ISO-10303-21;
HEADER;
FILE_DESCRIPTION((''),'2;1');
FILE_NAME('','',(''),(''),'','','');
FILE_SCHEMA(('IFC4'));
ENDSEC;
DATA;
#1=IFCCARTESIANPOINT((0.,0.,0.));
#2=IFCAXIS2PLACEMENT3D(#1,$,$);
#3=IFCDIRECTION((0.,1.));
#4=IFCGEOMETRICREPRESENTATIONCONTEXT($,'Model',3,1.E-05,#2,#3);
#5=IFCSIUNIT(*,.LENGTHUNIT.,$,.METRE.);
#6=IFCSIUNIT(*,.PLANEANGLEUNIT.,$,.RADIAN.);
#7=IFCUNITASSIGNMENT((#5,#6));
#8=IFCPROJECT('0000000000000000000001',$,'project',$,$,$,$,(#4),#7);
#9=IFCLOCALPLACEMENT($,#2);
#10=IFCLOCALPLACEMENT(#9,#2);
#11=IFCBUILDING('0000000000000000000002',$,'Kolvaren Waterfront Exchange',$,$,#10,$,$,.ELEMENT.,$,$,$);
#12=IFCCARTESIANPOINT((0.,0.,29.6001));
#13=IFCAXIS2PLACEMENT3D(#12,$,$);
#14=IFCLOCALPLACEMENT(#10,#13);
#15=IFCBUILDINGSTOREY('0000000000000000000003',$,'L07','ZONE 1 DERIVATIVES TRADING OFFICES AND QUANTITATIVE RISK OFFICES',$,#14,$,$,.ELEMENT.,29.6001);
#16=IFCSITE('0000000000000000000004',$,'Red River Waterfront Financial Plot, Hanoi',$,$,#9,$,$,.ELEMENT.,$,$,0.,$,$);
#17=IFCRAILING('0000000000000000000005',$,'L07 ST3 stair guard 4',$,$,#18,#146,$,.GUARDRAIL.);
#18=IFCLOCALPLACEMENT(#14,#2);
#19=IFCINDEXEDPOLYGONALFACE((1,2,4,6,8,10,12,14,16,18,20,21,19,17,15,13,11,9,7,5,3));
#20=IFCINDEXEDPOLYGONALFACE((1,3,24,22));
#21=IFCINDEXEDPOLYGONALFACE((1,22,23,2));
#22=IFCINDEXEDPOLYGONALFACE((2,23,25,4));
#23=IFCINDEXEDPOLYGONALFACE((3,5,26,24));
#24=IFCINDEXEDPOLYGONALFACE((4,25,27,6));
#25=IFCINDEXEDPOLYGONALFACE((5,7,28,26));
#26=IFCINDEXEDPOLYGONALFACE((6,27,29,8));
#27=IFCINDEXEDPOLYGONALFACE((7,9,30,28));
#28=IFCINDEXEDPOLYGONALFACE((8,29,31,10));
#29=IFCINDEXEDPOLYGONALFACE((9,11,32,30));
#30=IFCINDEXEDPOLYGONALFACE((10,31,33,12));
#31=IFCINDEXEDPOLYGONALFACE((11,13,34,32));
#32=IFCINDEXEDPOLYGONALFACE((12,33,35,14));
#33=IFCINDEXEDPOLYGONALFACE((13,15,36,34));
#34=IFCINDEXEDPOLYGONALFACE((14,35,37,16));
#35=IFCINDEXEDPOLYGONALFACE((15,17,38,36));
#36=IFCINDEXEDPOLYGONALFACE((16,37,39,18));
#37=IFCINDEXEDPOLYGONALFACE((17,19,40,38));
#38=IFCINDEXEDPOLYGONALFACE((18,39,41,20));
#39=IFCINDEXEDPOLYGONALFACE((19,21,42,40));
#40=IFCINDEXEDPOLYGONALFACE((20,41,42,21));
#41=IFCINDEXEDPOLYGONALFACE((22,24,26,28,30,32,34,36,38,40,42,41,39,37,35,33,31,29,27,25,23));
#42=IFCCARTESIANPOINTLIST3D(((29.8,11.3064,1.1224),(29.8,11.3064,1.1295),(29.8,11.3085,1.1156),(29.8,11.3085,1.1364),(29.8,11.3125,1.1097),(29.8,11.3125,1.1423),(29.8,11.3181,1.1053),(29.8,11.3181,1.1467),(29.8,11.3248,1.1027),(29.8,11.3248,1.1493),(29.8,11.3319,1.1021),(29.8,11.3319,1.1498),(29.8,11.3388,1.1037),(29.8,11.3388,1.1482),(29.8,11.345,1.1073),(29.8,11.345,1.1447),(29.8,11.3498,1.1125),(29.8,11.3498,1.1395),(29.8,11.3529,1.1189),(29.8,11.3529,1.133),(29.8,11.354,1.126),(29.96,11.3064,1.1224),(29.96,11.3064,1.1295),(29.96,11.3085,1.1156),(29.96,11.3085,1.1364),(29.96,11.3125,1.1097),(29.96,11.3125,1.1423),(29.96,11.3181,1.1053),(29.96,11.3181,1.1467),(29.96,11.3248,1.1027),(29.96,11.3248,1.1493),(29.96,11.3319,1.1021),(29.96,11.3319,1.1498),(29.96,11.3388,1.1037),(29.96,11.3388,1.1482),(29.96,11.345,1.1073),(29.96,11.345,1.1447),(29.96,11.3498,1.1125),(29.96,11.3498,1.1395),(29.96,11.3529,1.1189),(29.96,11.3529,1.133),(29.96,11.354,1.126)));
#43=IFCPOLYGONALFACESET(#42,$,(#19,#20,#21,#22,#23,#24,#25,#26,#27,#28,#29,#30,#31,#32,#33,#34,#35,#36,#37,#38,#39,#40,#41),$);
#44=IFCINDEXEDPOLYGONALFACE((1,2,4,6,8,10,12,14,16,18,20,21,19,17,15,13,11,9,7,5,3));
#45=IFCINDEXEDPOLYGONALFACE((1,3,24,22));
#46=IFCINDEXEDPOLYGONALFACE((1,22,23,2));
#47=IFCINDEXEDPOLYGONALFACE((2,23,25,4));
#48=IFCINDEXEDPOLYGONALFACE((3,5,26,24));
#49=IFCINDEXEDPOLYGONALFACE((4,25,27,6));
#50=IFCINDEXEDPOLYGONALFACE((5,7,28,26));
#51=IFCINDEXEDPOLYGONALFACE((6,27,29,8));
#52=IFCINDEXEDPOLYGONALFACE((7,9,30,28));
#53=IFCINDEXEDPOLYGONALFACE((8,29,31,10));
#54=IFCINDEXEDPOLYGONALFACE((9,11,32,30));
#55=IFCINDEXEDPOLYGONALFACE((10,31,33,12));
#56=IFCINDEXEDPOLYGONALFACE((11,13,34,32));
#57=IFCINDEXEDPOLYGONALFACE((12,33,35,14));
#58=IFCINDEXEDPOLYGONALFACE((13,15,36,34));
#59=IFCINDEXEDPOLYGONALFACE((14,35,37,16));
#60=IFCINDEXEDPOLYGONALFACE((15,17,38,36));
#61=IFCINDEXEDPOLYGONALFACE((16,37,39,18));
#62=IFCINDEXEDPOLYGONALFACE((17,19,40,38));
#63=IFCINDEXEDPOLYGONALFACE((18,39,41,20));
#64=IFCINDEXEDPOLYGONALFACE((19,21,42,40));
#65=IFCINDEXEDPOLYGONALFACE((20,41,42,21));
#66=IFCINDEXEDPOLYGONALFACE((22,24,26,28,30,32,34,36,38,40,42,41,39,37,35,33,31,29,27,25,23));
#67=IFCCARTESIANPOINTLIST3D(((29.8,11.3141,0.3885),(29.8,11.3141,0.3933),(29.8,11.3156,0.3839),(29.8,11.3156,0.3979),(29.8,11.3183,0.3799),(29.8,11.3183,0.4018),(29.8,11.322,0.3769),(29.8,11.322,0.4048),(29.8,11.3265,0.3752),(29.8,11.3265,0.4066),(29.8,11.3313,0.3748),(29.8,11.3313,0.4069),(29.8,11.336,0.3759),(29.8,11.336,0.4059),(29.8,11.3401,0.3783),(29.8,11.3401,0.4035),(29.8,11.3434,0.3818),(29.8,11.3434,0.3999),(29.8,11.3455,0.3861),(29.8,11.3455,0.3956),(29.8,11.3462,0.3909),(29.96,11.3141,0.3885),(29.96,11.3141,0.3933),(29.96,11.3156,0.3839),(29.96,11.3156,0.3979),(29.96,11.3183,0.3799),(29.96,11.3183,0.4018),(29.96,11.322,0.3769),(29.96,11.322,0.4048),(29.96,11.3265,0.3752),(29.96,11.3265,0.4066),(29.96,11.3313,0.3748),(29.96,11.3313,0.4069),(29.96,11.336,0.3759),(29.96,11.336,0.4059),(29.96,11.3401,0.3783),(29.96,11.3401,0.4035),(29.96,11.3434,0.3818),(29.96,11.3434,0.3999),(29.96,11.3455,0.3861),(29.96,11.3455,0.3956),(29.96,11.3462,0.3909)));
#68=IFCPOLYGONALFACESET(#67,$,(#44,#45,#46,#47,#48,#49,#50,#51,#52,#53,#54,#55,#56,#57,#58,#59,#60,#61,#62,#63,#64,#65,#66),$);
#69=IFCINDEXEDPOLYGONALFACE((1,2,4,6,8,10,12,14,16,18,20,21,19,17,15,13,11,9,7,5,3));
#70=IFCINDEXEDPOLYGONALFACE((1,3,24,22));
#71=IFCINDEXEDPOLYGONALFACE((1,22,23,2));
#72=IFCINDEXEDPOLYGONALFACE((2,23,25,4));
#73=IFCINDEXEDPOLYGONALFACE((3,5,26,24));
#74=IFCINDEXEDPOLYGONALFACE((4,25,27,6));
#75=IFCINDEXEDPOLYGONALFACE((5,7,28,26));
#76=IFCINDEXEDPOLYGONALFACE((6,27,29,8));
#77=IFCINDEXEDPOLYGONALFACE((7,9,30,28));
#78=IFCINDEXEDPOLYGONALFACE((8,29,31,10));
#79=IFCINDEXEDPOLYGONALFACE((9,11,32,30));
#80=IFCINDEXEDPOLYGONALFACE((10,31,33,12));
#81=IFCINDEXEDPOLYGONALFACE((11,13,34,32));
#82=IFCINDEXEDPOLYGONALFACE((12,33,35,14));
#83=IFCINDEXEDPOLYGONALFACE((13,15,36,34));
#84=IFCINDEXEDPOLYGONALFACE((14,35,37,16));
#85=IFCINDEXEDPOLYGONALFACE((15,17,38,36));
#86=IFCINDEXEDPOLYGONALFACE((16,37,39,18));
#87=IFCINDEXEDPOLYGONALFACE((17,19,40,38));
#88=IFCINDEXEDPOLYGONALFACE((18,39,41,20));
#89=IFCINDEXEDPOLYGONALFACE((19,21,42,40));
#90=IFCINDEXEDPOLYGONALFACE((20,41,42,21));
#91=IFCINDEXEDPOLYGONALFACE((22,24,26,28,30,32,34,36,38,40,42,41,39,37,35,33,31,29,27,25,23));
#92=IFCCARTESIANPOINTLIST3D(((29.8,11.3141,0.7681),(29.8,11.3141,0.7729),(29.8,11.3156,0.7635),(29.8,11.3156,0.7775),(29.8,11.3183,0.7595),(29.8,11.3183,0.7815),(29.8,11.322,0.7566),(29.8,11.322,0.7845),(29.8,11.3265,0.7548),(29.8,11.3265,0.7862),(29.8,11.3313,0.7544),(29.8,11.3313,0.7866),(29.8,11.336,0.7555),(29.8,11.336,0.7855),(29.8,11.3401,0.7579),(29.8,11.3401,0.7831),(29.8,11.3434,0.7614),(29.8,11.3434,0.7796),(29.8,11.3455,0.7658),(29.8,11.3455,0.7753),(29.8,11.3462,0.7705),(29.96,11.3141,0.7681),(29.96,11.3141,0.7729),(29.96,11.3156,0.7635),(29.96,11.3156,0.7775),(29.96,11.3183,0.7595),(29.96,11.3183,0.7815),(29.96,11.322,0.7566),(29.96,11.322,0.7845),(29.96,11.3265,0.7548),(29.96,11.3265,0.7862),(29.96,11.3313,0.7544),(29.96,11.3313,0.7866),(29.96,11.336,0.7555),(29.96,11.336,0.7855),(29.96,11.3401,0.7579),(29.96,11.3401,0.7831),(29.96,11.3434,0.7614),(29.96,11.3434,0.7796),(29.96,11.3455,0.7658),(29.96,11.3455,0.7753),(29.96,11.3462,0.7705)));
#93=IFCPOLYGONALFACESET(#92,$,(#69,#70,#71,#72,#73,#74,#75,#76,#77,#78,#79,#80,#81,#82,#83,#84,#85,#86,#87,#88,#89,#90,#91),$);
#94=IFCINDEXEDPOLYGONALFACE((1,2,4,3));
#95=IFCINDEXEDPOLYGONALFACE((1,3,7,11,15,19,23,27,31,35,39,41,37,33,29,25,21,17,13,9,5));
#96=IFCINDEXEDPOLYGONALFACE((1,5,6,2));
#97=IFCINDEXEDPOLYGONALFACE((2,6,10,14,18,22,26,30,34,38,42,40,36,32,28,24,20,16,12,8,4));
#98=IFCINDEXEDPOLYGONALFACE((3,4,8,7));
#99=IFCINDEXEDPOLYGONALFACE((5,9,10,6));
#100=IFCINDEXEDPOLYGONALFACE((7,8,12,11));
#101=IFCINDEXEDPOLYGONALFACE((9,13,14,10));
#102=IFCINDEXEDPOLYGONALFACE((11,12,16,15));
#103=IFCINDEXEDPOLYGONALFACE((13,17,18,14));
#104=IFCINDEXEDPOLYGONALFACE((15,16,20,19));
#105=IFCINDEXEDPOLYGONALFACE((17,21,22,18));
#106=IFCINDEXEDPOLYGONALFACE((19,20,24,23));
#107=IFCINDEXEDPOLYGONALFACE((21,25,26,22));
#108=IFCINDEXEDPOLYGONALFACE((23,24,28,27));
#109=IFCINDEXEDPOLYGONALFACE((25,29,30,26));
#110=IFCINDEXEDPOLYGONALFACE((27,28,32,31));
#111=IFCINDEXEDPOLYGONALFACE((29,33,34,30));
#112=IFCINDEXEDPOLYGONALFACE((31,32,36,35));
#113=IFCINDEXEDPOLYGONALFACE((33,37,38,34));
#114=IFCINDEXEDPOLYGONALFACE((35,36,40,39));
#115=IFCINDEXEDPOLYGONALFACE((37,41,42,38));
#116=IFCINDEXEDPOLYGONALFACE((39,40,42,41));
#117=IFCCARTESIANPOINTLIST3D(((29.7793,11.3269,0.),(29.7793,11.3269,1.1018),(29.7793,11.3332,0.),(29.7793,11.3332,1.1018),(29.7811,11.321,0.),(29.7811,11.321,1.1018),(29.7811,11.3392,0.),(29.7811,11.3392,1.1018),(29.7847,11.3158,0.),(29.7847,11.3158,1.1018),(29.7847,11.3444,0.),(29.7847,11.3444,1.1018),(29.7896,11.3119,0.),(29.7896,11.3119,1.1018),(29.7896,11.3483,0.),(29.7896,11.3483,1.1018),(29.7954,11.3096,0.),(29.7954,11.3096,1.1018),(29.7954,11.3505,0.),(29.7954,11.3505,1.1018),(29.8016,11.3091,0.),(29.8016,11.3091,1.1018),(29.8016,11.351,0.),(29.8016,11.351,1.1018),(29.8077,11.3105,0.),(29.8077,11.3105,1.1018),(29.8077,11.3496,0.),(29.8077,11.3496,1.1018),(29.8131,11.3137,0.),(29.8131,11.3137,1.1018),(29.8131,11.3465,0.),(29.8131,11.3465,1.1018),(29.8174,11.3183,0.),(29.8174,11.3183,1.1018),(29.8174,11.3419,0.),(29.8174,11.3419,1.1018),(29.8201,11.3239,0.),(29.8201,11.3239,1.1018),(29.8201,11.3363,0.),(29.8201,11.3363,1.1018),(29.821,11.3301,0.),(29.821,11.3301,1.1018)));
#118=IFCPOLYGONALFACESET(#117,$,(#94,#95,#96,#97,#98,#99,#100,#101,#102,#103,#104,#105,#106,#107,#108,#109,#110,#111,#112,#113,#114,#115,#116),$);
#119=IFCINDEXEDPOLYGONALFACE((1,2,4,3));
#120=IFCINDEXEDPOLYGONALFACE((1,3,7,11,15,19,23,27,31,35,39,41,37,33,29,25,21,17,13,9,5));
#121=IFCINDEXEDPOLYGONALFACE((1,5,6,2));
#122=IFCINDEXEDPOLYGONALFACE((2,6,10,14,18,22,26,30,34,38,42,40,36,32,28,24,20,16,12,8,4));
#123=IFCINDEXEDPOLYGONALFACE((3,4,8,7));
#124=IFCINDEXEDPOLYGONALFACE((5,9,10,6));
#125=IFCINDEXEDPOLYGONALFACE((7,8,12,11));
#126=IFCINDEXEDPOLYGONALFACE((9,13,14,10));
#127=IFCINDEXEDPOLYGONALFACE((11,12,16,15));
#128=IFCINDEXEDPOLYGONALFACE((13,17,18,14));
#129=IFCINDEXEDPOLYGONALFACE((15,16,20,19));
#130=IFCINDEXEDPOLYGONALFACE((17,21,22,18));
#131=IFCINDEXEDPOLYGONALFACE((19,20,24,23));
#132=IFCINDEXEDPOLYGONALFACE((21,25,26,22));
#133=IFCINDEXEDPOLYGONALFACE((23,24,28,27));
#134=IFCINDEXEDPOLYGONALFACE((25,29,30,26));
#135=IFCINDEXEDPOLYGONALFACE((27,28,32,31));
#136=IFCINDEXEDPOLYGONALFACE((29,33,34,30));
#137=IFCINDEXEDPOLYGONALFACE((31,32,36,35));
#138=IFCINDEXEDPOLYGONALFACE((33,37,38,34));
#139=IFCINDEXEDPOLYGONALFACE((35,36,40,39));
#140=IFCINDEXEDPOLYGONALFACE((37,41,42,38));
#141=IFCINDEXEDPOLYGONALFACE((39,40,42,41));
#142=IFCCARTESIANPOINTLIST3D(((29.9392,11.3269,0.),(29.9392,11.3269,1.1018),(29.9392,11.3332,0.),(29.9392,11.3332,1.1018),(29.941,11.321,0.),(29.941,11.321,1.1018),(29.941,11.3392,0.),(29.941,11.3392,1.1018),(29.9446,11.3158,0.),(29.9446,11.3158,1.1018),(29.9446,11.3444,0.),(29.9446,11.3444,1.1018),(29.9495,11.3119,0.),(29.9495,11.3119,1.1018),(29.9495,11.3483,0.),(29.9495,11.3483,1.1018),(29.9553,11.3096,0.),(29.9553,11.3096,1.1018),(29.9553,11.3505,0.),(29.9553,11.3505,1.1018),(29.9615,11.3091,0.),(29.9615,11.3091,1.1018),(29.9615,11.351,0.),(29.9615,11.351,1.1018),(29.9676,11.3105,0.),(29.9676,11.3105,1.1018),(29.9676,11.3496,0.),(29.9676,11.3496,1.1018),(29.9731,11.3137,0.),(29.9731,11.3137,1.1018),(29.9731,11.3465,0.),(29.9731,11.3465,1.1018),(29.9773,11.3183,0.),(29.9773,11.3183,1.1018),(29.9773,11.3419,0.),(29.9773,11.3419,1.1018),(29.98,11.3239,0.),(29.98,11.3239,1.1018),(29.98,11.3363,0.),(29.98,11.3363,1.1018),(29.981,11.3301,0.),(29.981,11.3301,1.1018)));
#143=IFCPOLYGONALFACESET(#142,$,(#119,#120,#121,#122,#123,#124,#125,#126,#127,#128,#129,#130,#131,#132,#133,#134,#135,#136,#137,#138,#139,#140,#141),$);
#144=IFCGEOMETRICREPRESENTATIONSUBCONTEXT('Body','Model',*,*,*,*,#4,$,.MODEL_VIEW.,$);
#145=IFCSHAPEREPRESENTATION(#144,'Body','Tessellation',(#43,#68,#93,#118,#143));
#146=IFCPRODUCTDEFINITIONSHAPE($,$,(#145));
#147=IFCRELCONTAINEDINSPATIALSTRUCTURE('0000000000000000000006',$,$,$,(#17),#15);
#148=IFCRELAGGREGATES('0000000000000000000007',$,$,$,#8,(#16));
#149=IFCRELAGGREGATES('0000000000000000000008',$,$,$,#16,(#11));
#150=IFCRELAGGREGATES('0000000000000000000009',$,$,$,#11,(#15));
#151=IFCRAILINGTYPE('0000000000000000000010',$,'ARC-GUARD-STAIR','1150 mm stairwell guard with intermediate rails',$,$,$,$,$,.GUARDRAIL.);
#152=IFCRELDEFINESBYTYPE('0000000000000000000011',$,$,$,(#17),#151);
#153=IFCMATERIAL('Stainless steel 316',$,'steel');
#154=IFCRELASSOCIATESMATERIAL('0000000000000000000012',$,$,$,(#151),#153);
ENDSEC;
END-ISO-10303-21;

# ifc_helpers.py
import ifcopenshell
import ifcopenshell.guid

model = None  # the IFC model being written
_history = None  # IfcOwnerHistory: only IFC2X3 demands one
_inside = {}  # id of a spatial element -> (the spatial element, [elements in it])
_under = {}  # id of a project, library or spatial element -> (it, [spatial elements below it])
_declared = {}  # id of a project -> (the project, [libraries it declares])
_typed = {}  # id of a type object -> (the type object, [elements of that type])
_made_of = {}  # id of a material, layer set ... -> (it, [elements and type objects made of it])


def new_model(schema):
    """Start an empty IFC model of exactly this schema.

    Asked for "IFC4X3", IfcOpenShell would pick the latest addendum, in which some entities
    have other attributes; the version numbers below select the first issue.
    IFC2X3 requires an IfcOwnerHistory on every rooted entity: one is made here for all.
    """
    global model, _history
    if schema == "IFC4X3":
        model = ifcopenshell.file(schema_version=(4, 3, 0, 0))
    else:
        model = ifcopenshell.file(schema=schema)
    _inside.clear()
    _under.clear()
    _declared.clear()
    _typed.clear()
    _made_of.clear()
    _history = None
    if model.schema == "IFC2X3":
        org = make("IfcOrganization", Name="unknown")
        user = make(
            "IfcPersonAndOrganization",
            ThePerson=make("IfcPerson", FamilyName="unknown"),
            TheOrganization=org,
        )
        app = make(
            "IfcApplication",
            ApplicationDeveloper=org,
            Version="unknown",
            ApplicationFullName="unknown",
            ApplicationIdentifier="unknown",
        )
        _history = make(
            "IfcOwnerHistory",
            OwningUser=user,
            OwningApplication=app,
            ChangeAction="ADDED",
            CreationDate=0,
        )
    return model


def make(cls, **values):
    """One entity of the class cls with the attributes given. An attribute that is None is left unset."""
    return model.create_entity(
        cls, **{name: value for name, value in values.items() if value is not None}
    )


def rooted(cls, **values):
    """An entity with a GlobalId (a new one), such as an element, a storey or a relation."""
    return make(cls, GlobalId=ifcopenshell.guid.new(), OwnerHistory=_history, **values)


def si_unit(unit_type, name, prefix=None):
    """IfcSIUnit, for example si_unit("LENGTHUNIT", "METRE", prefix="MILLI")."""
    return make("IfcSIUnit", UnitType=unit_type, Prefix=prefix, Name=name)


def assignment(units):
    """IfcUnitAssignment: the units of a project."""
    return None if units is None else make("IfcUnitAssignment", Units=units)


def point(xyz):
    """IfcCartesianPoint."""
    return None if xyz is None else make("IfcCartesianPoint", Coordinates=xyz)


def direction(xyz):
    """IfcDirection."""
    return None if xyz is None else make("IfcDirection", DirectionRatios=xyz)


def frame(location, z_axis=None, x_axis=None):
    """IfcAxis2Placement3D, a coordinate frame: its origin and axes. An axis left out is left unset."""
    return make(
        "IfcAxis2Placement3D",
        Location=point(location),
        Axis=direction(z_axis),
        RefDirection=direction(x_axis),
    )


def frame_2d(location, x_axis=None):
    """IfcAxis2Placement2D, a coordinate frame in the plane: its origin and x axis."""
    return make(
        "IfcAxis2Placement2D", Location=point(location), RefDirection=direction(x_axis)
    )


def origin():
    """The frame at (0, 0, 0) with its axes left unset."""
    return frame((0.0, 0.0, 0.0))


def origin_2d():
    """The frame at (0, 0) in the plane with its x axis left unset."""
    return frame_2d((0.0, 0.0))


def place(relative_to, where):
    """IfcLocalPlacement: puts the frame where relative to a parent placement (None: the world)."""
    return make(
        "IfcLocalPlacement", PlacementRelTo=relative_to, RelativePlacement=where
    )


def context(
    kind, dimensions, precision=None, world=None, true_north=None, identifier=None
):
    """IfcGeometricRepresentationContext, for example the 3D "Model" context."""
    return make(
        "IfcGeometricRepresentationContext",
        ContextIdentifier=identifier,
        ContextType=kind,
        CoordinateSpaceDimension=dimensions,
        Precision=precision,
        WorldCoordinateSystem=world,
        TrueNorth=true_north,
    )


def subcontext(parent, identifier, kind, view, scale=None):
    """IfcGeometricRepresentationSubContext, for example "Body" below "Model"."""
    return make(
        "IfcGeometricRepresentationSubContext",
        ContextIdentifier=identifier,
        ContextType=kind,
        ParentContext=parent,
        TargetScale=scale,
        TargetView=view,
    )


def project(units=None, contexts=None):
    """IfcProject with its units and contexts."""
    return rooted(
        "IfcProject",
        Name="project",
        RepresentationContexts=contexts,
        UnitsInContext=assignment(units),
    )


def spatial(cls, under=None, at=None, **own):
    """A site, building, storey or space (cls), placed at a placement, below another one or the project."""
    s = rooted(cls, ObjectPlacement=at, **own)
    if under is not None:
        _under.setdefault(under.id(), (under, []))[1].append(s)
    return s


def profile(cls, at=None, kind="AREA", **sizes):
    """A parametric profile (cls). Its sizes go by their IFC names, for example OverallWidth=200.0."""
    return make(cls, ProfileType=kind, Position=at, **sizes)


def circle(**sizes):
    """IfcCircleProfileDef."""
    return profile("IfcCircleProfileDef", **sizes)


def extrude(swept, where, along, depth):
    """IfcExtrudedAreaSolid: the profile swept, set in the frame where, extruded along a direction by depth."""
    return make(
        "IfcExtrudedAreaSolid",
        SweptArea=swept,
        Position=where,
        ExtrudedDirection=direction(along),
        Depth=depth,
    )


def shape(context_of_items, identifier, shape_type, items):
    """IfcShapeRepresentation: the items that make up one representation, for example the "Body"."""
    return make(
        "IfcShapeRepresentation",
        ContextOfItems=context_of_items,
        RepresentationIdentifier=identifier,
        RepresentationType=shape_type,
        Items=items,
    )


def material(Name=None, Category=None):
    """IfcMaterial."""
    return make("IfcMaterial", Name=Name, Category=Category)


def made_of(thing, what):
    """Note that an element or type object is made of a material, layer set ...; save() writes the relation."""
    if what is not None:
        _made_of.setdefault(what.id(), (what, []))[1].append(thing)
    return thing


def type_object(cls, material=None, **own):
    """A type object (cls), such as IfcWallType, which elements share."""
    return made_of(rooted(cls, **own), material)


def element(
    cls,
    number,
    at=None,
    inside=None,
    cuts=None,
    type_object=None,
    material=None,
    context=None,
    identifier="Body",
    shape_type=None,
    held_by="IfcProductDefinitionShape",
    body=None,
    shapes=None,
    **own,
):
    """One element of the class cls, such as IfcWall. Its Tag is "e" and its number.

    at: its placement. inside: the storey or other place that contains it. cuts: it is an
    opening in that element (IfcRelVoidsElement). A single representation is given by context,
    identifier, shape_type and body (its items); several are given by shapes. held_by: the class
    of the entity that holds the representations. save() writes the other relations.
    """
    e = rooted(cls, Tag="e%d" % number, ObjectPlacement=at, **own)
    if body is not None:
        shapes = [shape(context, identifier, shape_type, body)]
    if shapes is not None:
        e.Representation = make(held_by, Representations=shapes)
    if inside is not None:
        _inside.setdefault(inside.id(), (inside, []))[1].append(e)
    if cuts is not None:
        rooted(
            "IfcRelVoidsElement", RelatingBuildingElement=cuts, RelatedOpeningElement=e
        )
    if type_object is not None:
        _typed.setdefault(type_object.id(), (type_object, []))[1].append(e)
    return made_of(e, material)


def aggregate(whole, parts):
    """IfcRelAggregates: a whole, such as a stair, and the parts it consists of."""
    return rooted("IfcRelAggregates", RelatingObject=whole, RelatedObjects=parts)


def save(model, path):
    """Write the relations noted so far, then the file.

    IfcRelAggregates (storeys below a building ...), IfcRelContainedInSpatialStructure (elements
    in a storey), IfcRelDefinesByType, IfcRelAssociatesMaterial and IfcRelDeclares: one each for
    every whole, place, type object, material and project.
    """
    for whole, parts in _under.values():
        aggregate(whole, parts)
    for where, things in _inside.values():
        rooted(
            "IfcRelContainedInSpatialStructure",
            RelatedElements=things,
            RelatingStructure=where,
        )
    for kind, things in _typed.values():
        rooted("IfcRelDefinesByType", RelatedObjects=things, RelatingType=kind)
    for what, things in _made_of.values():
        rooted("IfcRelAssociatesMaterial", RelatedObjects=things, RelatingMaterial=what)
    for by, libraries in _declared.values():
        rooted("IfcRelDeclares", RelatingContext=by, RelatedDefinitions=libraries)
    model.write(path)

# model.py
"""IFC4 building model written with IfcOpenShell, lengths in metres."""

from ifc_helpers import new_model, si_unit, direction, frame, origin, origin_2d, place, context, subcontext, project, spatial, circle, extrude, material, type_object, element, save


model = new_model("IFC4")

# Units and contexts
model_context = context("Model", 3, precision=1e-05, world=origin(), true_north=direction((0.0, 1.0)))
body_context = subcontext(model_context, "Body", "Model", "MODEL_VIEW")
ifc_project = project(units=[si_unit("LENGTHUNIT", "METRE"), si_unit("PLANEANGLEUNIT", "RADIAN")], contexts=[model_context])

# Site, building, storey
site_placement = place(None, origin())
site = spatial("IfcSite", under=ifc_project, at=site_placement, Name="Red River Waterfront Financial Plot, Hanoi", CompositionType="ELEMENT", RefElevation=0.0)
building_placement = place(site_placement, origin())
building = spatial("IfcBuilding", under=site, at=building_placement, Name="Kolvaren Waterfront Exchange", CompositionType="ELEMENT")
storey_placement = place(building_placement, frame((0.0, 0.0, 29.6001)))
storey = spatial("IfcBuildingStorey", under=building, at=storey_placement, Name="L07", Description="ZONE 1 DERIVATIVES TRADING OFFICES AND QUANTITATIVE RISK OFFICES", CompositionType="ELEMENT", Elevation=29.6001)

# Railing
ifc_material_1 = material(Name="Stainless steel 316", Category="steel")
railing_type_1 = type_object("IfcRailingType", Name="ARC-GUARD-STAIR", Description="1150 mm stairwell guard with intermediate rails", PredefinedType="GUARDRAIL", material=ifc_material_1)
railing_1_placement = place(storey_placement, frame((29.8, 11.3301, 0.0)))
element("IfcRailing", 1, at=railing_1_placement, inside=storey, type_object=railing_type_1, Name="L07 ST3 stair guard 4", PredefinedType="GUARDRAIL", context=body_context, shape_type="SweptSolid", body=[
    extrude(circle(Radius=0.0239, at=origin_2d()), frame((0.0, 0.0, 1.126), z_axis=(1.0, 0.0, 0.0), x_axis=(0.0, 1.0, 0.0)), (0.0, 0.0, 1.0), 0.1599),
    extrude(circle(Radius=0.0161, at=origin_2d()), frame((0.0, 0.0, 0.3909), z_axis=(1.0, 0.0, 0.0), x_axis=(0.0, 1.0, 0.0)), (0.0, 0.0, 1.0), 0.1599),
    extrude(circle(Radius=0.0161, at=origin_2d()), frame((0.0, 0.0, 0.7705), z_axis=(1.0, 0.0, 0.0), x_axis=(0.0, 1.0, 0.0)), (0.0, 0.0, 1.0), 0.1599),
    extrude(circle(Radius=0.021, at=origin_2d()), origin(), (0.0, 0.0, 1.0), 1.1018),
    extrude(circle(Radius=0.021, at=origin_2d()), frame((0.1599, 0.0, 0.0)), (0.0, 0.0, 1.0), 1.1018),
])

save(model, "model.ifc")
